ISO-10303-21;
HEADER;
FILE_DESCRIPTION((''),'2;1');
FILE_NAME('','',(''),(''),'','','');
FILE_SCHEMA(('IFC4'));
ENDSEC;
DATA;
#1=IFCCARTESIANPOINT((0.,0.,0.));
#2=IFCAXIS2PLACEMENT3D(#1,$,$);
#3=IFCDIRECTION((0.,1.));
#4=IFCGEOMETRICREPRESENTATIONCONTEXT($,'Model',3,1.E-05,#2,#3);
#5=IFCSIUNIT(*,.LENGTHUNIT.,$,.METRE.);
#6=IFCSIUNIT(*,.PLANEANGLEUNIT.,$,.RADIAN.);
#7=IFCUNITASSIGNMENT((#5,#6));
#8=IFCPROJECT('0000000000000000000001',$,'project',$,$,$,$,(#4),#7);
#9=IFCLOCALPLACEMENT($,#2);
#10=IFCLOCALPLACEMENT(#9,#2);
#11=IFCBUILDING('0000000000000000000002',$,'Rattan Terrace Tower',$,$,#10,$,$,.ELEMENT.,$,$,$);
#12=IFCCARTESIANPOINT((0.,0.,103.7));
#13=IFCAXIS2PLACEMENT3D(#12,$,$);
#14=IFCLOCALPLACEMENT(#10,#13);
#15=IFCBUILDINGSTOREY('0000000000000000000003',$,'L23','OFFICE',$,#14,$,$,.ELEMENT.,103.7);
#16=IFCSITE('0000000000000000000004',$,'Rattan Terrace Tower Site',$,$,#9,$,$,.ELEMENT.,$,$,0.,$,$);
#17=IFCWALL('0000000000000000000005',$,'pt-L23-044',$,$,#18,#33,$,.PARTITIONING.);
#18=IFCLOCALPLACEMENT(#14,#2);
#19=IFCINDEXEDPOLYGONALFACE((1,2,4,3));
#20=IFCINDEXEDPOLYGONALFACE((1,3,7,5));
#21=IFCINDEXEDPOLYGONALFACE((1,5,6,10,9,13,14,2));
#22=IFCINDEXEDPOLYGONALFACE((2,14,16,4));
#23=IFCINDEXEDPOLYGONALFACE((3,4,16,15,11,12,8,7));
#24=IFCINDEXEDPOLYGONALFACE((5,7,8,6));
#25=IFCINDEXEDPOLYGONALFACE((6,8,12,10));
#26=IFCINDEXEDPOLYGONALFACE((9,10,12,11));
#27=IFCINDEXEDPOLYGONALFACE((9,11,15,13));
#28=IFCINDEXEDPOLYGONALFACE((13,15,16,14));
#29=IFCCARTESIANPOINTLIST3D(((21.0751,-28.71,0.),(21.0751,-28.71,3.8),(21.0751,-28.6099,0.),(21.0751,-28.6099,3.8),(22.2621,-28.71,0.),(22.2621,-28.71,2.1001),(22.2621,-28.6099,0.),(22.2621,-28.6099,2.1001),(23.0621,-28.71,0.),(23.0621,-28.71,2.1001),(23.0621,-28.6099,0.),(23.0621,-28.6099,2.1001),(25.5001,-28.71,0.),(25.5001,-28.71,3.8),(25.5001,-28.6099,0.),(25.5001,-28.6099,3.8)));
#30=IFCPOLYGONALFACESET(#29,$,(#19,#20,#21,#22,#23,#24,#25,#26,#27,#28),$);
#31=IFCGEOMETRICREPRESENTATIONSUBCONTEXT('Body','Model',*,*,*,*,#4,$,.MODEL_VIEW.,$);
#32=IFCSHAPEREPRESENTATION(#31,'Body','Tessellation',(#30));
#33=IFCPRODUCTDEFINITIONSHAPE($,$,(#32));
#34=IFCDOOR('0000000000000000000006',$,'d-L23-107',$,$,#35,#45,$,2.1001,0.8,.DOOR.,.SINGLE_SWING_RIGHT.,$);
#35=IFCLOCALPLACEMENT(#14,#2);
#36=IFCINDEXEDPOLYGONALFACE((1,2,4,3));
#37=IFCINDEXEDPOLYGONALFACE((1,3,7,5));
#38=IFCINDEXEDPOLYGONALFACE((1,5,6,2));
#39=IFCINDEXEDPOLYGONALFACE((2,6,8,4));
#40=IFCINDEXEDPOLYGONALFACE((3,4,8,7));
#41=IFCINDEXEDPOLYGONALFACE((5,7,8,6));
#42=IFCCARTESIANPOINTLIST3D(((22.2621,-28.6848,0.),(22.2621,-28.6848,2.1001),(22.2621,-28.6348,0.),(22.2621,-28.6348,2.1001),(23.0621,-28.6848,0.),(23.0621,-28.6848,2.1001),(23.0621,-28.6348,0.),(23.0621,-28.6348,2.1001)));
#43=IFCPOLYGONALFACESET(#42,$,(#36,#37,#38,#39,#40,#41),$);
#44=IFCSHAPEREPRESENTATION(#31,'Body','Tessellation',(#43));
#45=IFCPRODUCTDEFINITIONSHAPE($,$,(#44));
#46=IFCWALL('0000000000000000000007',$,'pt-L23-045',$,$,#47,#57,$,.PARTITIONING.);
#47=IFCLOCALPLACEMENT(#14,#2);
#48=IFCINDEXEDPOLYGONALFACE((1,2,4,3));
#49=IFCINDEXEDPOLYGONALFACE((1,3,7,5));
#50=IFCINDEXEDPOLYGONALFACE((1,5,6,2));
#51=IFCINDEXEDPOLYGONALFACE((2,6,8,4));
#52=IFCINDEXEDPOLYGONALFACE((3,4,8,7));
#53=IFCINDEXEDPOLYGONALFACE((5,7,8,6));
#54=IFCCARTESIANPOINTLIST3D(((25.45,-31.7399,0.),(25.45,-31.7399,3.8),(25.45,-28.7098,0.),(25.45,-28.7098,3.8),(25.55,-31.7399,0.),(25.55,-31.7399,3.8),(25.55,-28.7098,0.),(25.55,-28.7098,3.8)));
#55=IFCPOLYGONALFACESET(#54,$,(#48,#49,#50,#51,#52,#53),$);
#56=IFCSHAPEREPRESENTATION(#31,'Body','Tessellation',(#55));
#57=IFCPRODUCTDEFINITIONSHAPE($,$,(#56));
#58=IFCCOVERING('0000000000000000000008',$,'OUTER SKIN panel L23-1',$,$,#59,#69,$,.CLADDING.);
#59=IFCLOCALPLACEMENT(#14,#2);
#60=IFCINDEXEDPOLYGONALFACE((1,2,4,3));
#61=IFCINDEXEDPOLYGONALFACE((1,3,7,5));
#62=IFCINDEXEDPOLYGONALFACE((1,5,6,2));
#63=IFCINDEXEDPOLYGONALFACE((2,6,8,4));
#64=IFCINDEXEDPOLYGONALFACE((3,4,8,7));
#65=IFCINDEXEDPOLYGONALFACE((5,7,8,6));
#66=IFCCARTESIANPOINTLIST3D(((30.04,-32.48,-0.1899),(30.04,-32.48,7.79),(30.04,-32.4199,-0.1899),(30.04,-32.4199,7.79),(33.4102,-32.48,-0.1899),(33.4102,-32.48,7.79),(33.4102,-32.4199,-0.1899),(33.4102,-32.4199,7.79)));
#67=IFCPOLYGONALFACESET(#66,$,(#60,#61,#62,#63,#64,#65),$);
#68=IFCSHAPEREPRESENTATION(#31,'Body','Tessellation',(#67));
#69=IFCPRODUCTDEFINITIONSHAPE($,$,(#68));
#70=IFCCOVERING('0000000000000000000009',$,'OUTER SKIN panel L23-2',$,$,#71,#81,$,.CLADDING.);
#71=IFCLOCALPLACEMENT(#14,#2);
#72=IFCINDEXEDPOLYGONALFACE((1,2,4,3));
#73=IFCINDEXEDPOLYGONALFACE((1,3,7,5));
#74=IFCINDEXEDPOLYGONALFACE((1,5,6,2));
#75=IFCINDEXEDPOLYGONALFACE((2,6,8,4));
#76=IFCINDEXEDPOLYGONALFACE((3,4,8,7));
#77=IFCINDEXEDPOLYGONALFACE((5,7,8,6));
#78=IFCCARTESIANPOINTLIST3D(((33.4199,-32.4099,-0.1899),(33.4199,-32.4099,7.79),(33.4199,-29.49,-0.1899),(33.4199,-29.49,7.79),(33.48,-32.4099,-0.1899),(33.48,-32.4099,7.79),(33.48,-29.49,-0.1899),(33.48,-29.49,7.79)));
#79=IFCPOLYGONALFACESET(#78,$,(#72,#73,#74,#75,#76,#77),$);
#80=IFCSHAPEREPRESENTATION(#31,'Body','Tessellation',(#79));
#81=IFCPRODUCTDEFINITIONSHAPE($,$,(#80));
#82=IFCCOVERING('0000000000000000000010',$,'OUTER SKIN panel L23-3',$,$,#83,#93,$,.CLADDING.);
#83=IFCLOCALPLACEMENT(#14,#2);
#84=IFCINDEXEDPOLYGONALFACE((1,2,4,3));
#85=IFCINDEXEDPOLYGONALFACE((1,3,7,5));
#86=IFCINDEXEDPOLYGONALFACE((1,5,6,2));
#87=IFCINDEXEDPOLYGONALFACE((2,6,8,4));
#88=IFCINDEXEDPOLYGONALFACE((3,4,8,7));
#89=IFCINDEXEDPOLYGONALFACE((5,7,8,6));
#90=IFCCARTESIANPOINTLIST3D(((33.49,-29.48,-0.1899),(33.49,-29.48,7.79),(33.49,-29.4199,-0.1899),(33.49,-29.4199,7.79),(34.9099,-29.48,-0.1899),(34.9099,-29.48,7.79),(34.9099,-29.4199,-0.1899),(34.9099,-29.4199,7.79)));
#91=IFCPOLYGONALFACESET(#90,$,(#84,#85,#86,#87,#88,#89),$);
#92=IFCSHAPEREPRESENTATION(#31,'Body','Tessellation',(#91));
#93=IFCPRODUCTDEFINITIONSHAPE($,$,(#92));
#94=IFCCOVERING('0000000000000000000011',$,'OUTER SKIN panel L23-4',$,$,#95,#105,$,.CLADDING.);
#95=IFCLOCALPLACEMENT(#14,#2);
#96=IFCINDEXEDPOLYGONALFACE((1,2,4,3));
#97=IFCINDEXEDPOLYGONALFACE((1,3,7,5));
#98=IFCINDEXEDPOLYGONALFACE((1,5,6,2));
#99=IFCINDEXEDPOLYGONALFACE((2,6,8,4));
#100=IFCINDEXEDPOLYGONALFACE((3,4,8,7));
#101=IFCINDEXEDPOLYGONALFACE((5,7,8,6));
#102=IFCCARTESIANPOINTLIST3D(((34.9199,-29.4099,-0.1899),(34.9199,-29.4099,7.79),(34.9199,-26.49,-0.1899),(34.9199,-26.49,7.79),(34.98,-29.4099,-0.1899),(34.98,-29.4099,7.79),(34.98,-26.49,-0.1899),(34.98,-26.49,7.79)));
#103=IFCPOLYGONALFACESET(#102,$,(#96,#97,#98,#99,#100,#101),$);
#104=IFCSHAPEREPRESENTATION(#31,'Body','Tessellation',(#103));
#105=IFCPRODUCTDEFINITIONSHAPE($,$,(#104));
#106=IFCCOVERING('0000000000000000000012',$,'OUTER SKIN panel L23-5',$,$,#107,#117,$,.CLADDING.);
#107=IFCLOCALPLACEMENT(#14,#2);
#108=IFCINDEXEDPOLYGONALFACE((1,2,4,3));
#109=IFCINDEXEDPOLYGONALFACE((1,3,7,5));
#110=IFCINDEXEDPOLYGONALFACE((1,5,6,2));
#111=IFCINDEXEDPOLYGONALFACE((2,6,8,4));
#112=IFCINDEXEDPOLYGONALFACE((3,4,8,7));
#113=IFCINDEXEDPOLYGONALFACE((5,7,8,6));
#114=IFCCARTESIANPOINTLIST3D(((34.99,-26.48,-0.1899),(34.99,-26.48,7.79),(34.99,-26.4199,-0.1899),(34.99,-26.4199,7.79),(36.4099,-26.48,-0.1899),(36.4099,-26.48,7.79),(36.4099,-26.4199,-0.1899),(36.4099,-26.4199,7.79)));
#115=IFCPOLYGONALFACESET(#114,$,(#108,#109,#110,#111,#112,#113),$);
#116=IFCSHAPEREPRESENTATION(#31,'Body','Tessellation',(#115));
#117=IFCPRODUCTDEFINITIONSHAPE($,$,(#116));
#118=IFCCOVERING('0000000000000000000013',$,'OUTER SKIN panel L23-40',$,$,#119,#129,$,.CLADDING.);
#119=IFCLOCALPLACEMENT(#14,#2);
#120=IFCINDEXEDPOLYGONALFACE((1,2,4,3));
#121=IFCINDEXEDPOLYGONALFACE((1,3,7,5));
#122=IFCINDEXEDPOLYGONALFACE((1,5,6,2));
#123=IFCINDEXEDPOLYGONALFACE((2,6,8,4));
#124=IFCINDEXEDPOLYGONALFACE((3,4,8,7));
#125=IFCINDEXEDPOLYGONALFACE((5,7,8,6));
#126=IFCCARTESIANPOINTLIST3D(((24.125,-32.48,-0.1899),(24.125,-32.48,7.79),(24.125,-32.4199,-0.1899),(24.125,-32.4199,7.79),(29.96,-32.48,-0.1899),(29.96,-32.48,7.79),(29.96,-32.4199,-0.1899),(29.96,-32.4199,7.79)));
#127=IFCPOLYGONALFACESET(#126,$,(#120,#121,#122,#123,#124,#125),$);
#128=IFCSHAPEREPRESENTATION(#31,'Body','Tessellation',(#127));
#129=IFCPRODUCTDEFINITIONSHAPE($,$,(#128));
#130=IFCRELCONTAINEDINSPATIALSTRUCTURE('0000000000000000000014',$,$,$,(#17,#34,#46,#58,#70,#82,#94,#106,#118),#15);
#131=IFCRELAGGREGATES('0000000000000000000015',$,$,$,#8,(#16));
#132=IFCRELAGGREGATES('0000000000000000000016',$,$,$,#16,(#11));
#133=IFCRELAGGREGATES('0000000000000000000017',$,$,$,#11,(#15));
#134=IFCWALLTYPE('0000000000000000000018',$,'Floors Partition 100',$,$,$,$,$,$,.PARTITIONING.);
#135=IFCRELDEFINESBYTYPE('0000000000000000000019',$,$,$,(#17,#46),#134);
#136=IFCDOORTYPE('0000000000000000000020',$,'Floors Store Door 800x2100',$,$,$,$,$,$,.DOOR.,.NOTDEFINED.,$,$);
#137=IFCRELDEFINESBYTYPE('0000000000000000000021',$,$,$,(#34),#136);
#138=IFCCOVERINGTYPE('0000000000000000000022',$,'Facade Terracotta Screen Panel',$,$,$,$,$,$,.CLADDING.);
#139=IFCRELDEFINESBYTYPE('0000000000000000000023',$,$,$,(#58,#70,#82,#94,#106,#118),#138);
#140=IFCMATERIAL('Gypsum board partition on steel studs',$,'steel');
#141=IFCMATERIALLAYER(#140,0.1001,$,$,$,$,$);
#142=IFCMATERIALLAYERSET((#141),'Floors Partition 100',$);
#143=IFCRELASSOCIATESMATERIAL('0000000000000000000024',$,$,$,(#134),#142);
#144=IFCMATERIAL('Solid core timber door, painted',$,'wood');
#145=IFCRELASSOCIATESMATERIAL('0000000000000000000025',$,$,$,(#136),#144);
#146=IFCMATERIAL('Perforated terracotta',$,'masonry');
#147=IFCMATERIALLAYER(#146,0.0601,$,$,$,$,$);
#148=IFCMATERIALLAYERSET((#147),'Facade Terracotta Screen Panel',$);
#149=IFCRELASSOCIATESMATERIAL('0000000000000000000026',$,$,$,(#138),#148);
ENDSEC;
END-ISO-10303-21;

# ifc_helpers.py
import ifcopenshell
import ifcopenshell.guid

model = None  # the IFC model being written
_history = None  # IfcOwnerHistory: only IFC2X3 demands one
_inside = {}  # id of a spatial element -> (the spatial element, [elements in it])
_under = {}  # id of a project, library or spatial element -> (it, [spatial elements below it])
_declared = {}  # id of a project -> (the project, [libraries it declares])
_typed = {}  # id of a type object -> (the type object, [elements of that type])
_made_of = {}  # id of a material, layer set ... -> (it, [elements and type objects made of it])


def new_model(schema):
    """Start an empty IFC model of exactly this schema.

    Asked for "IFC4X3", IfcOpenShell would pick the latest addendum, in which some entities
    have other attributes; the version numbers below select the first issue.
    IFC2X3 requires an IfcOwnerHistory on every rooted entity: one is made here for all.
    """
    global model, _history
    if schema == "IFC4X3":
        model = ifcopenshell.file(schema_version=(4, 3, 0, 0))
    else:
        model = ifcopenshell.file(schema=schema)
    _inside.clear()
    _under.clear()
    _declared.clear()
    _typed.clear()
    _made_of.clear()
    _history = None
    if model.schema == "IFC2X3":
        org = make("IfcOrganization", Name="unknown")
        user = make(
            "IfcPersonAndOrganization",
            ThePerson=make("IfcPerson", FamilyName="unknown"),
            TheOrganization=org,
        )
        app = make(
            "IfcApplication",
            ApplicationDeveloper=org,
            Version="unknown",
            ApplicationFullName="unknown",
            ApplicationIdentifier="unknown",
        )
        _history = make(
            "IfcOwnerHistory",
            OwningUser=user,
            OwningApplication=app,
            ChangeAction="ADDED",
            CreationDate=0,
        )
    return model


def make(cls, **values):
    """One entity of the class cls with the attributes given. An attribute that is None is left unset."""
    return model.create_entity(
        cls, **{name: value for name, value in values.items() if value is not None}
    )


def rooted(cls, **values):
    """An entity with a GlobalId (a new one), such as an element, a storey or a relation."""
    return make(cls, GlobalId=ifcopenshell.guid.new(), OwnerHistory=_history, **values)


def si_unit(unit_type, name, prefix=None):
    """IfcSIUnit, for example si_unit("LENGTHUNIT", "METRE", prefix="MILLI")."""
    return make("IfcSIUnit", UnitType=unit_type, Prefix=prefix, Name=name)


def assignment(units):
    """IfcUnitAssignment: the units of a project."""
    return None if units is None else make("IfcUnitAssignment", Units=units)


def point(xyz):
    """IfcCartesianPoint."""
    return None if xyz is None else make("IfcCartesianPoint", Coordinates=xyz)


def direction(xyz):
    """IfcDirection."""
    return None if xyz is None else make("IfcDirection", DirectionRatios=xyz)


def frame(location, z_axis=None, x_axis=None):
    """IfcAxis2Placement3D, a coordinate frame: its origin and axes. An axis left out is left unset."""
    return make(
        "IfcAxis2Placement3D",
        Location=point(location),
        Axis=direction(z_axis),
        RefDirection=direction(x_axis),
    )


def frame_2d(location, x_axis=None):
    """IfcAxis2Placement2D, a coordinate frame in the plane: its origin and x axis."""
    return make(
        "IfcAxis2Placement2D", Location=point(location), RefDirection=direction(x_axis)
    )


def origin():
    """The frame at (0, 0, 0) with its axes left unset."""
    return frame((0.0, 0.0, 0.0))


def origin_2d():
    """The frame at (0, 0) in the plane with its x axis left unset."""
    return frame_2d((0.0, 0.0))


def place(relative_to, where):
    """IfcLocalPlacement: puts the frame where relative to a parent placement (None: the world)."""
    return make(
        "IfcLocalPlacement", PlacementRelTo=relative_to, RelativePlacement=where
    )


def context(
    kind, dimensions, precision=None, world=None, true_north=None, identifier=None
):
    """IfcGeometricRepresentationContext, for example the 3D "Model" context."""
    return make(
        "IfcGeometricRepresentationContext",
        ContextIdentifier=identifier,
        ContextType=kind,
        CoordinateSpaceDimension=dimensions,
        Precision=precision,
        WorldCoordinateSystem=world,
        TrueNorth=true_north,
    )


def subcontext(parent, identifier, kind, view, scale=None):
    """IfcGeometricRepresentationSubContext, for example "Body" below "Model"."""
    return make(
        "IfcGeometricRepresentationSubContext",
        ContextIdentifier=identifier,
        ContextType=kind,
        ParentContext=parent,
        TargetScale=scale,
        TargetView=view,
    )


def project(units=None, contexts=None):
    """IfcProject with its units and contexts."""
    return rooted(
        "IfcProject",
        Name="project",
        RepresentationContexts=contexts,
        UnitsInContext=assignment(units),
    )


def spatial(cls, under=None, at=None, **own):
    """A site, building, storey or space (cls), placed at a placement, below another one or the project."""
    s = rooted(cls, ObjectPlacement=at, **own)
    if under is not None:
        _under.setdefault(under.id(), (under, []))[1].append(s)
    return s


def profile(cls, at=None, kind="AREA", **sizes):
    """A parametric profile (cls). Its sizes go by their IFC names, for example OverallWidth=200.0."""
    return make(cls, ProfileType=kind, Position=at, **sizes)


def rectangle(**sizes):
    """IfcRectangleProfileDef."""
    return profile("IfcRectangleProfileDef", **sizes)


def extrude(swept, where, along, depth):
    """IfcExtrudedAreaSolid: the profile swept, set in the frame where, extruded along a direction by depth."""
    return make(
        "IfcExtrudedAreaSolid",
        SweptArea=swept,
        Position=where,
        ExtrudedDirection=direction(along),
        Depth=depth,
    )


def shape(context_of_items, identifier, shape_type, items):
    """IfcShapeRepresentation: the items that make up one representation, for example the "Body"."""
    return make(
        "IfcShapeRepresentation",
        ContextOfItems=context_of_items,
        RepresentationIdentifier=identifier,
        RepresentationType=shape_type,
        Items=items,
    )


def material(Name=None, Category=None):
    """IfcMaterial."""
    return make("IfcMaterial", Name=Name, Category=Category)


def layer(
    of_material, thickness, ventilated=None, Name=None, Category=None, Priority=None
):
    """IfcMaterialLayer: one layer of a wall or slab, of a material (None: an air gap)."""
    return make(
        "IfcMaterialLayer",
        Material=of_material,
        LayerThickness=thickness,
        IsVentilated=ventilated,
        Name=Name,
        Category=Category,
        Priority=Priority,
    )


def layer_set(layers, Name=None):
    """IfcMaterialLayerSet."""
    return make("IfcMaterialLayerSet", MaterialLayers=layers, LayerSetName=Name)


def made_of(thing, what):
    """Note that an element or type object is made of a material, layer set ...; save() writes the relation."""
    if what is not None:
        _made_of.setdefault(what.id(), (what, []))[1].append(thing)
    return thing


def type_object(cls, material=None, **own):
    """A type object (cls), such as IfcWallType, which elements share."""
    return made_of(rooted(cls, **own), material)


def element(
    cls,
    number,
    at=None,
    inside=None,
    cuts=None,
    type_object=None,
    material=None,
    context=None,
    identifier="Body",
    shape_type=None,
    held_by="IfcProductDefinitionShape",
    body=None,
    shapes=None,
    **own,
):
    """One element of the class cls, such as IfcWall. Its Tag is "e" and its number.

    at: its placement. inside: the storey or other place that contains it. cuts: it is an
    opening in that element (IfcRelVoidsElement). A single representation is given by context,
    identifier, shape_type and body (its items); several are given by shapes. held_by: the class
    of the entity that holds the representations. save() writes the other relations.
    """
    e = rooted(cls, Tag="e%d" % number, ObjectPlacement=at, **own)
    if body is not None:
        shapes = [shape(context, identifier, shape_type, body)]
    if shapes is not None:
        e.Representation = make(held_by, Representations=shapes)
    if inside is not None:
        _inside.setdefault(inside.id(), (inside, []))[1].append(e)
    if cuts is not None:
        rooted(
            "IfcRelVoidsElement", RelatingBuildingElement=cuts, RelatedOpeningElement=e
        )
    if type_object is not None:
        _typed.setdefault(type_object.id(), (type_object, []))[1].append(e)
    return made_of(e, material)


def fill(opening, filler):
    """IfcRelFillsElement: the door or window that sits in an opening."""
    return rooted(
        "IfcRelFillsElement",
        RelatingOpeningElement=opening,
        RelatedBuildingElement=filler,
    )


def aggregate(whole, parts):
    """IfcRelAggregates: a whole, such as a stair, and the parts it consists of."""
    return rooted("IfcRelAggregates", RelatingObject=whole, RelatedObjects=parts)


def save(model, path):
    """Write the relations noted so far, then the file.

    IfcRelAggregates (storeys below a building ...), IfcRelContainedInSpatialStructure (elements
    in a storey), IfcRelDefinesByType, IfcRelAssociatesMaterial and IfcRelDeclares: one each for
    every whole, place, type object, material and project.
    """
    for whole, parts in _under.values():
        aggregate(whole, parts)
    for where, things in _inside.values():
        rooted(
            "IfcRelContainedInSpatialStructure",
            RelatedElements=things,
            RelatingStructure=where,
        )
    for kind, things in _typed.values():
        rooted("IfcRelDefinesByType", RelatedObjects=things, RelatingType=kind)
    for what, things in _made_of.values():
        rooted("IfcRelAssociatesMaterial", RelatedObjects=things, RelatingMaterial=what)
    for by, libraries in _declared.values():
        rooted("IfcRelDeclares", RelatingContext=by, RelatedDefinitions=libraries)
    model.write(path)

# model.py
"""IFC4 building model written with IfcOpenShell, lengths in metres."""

from ifc_helpers import new_model, si_unit, direction, frame, frame_2d, origin, origin_2d, place, context, subcontext, project, spatial, rectangle, extrude, material, layer, layer_set, type_object, element, fill, save


model = new_model("IFC4")

# Units and contexts
model_context = context("Model", 3, precision=1e-05, world=origin(), true_north=direction((0.0, 1.0)))
body_context = subcontext(model_context, "Body", "Model", "MODEL_VIEW")
ifc_project = project(units=[si_unit("LENGTHUNIT", "METRE"), si_unit("PLANEANGLEUNIT", "RADIAN")], contexts=[model_context])

# Site, building, storey
site_placement = place(None, origin())
site = spatial("IfcSite", under=ifc_project, at=site_placement, Name="Rattan Terrace Tower Site", CompositionType="ELEMENT", RefElevation=0.0)
building_placement = place(site_placement, origin())
building = spatial("IfcBuilding", under=site, at=building_placement, Name="Rattan Terrace Tower", CompositionType="ELEMENT")
storey_placement = place(building_placement, frame((0.0, 0.0, 103.7)))
storey = spatial("IfcBuildingStorey", under=building, at=storey_placement, Name="L23", Description="OFFICE", CompositionType="ELEMENT", Elevation=103.7)

# Wall, opening, door
ifc_material_1 = material(Name="Gypsum board partition on steel studs", Category="steel")
ifc_layer_1 = layer(ifc_material_1, 0.1001)
ifc_layer_set_1 = layer_set([ifc_layer_1], Name="Floors Partition 100")
wall_type_1 = type_object("IfcWallType", Name="Floors Partition 100", PredefinedType="PARTITIONING", material=ifc_layer_set_1)
wall_1_placement = place(storey_placement, frame((25.5, -28.6599, 0.0), z_axis=(0.0, 0.0, 1.0), x_axis=(-1.0, 0.0, 0.0)))
wall_1 = element("IfcWall", 1, at=wall_1_placement, inside=storey, type_object=wall_type_1, Name="pt-L23-044", PredefinedType="PARTITIONING", context=body_context, shape_type="SweptSolid", body=[
    extrude(rectangle(XDim=4.425, YDim=0.1001, at=frame_2d((2.2124, 0.0))), origin(), (0.0, 0.0, 1.0), 3.8),
])
opening_placement = place(wall_1_placement, frame((2.438, 0.0, 0.0)))
opening = element("IfcOpeningElement", 2, at=opening_placement, cuts=wall_1, PredefinedType="OPENING", context=body_context, shape_type="SweptSolid", body=[
    extrude(rectangle(XDim=0.8, YDim=2.1001, at=frame_2d((0.3999, 1.05))), frame((0.0, 0.0605, 0.0), z_axis=(0.0, -1.0, 0.0), x_axis=(1.0, 0.0, 0.0)), (0.0, 0.0, 1.0), 0.1211),
])
ifc_material_2 = material(Name="Solid core timber door, painted", Category="wood")
door_type = type_object("IfcDoorType", Name="Floors Store Door 800x2100", OperationType="NOTDEFINED", PredefinedType="DOOR", material=ifc_material_2)
door_placement = place(opening_placement, origin())
door = element("IfcDoor", 3, at=door_placement, inside=storey, type_object=door_type, Name="d-L23-107", OperationType="SINGLE_SWING_RIGHT", OverallHeight=2.1001, OverallWidth=0.8, PredefinedType="DOOR", context=body_context, shape_type="SweptSolid", body=[
    extrude(rectangle(XDim=0.8, YDim=2.1001, at=frame_2d((0.3999, 1.05))), frame((0.0, 0.0249, 0.0), z_axis=(0.0, -1.0, 0.0), x_axis=(1.0, 0.0, 0.0)), (0.0, 0.0, 1.0), 0.05),
])
fill(opening, door)

# Wall
wall_2_placement = place(storey_placement, frame((25.5, -31.74, 0.0), z_axis=(0.0, 0.0, 1.0), x_axis=(0.0, 1.0, 0.0)))
element("IfcWall", 4, at=wall_2_placement, inside=storey, type_object=wall_type_1, Name="pt-L23-045", PredefinedType="PARTITIONING", context=body_context, shape_type="SweptSolid", body=[
    extrude(rectangle(XDim=3.03, YDim=0.1001, at=frame_2d((1.5151, 0.0))), origin(), (0.0, 0.0, 1.0), 3.8),
])

# Coverings
ifc_material_3 = material(Name="Perforated terracotta", Category="masonry")
ifc_layer_2 = layer(ifc_material_3, 0.0601)
ifc_layer_set_2 = layer_set([ifc_layer_2], Name="Facade Terracotta Screen Panel")
covering_type = type_object("IfcCoveringType", Name="Facade Terracotta Screen Panel", PredefinedType="CLADDING", material=ifc_layer_set_2)
covering_1_placement = place(storey_placement, frame((31.7251, -32.45, -0.1899), z_axis=(0.0, 0.0, 1.0), x_axis=(1.0, 0.0, 0.0)))
element("IfcCovering", 5, at=covering_1_placement, inside=storey, type_object=covering_type, Name="OUTER SKIN panel L23-1", PredefinedType="CLADDING", context=body_context, shape_type="SweptSolid", body=[
    extrude(rectangle(XDim=3.3701, YDim=0.0601, at=origin_2d()), origin(), (0.0, 0.0, 1.0), 7.98),
])
covering_2_placement = place(storey_placement, frame((33.45, -30.95, -0.1899), z_axis=(0.0, 0.0, 1.0), x_axis=(0.0, 1.0, 0.0)))
element("IfcCovering", 6, at=covering_2_placement, inside=storey, type_object=covering_type, Name="OUTER SKIN panel L23-2", PredefinedType="CLADDING", context=body_context, shape_type="SweptSolid", body=[
    extrude(rectangle(XDim=2.9199, YDim=0.0601, at=origin_2d()), origin(), (0.0, 0.0, 1.0), 7.98),
])
covering_3_placement = place(storey_placement, frame((34.2, -29.45, -0.1899), z_axis=(0.0, 0.0, 1.0), x_axis=(1.0, 0.0, 0.0)))
element("IfcCovering", 7, at=covering_3_placement, inside=storey, type_object=covering_type, Name="OUTER SKIN panel L23-3", PredefinedType="CLADDING", context=body_context, shape_type="SweptSolid", body=[
    extrude(rectangle(XDim=1.4199, YDim=0.0601, at=origin_2d()), origin(), (0.0, 0.0, 1.0), 7.98),
])
covering_4_placement = place(storey_placement, frame((34.95, -27.95, -0.1899), z_axis=(0.0, 0.0, 1.0), x_axis=(0.0, 1.0, 0.0)))
element("IfcCovering", 8, at=covering_4_placement, inside=storey, type_object=covering_type, Name="OUTER SKIN panel L23-4", PredefinedType="CLADDING", context=body_context, shape_type="SweptSolid", body=[
    extrude(rectangle(XDim=2.9199, YDim=0.0601, at=origin_2d()), origin(), (0.0, 0.0, 1.0), 7.98),
])
covering_5_placement = place(storey_placement, frame((35.7, -26.45, -0.1899), z_axis=(0.0, 0.0, 1.0), x_axis=(1.0, 0.0, 0.0)))
element("IfcCovering", 9, at=covering_5_placement, inside=storey, type_object=covering_type, Name="OUTER SKIN panel L23-5", PredefinedType="CLADDING", context=body_context, shape_type="SweptSolid", body=[
    extrude(rectangle(XDim=1.4199, YDim=0.0601, at=origin_2d()), origin(), (0.0, 0.0, 1.0), 7.98),
])
covering_6_placement = place(storey_placement, frame((27.0425, -32.45, -0.1899), z_axis=(0.0, 0.0, 1.0), x_axis=(1.0, 0.0, 0.0)))
element("IfcCovering", 10, at=covering_6_placement, inside=storey, type_object=covering_type, Name="OUTER SKIN panel L23-40", PredefinedType="CLADDING", context=body_context, shape_type="SweptSolid", body=[
    extrude(rectangle(XDim=5.835, YDim=0.0601, at=origin_2d()), origin(), (0.0, 0.0, 1.0), 7.98),
])

save(model, "model.ifc")
